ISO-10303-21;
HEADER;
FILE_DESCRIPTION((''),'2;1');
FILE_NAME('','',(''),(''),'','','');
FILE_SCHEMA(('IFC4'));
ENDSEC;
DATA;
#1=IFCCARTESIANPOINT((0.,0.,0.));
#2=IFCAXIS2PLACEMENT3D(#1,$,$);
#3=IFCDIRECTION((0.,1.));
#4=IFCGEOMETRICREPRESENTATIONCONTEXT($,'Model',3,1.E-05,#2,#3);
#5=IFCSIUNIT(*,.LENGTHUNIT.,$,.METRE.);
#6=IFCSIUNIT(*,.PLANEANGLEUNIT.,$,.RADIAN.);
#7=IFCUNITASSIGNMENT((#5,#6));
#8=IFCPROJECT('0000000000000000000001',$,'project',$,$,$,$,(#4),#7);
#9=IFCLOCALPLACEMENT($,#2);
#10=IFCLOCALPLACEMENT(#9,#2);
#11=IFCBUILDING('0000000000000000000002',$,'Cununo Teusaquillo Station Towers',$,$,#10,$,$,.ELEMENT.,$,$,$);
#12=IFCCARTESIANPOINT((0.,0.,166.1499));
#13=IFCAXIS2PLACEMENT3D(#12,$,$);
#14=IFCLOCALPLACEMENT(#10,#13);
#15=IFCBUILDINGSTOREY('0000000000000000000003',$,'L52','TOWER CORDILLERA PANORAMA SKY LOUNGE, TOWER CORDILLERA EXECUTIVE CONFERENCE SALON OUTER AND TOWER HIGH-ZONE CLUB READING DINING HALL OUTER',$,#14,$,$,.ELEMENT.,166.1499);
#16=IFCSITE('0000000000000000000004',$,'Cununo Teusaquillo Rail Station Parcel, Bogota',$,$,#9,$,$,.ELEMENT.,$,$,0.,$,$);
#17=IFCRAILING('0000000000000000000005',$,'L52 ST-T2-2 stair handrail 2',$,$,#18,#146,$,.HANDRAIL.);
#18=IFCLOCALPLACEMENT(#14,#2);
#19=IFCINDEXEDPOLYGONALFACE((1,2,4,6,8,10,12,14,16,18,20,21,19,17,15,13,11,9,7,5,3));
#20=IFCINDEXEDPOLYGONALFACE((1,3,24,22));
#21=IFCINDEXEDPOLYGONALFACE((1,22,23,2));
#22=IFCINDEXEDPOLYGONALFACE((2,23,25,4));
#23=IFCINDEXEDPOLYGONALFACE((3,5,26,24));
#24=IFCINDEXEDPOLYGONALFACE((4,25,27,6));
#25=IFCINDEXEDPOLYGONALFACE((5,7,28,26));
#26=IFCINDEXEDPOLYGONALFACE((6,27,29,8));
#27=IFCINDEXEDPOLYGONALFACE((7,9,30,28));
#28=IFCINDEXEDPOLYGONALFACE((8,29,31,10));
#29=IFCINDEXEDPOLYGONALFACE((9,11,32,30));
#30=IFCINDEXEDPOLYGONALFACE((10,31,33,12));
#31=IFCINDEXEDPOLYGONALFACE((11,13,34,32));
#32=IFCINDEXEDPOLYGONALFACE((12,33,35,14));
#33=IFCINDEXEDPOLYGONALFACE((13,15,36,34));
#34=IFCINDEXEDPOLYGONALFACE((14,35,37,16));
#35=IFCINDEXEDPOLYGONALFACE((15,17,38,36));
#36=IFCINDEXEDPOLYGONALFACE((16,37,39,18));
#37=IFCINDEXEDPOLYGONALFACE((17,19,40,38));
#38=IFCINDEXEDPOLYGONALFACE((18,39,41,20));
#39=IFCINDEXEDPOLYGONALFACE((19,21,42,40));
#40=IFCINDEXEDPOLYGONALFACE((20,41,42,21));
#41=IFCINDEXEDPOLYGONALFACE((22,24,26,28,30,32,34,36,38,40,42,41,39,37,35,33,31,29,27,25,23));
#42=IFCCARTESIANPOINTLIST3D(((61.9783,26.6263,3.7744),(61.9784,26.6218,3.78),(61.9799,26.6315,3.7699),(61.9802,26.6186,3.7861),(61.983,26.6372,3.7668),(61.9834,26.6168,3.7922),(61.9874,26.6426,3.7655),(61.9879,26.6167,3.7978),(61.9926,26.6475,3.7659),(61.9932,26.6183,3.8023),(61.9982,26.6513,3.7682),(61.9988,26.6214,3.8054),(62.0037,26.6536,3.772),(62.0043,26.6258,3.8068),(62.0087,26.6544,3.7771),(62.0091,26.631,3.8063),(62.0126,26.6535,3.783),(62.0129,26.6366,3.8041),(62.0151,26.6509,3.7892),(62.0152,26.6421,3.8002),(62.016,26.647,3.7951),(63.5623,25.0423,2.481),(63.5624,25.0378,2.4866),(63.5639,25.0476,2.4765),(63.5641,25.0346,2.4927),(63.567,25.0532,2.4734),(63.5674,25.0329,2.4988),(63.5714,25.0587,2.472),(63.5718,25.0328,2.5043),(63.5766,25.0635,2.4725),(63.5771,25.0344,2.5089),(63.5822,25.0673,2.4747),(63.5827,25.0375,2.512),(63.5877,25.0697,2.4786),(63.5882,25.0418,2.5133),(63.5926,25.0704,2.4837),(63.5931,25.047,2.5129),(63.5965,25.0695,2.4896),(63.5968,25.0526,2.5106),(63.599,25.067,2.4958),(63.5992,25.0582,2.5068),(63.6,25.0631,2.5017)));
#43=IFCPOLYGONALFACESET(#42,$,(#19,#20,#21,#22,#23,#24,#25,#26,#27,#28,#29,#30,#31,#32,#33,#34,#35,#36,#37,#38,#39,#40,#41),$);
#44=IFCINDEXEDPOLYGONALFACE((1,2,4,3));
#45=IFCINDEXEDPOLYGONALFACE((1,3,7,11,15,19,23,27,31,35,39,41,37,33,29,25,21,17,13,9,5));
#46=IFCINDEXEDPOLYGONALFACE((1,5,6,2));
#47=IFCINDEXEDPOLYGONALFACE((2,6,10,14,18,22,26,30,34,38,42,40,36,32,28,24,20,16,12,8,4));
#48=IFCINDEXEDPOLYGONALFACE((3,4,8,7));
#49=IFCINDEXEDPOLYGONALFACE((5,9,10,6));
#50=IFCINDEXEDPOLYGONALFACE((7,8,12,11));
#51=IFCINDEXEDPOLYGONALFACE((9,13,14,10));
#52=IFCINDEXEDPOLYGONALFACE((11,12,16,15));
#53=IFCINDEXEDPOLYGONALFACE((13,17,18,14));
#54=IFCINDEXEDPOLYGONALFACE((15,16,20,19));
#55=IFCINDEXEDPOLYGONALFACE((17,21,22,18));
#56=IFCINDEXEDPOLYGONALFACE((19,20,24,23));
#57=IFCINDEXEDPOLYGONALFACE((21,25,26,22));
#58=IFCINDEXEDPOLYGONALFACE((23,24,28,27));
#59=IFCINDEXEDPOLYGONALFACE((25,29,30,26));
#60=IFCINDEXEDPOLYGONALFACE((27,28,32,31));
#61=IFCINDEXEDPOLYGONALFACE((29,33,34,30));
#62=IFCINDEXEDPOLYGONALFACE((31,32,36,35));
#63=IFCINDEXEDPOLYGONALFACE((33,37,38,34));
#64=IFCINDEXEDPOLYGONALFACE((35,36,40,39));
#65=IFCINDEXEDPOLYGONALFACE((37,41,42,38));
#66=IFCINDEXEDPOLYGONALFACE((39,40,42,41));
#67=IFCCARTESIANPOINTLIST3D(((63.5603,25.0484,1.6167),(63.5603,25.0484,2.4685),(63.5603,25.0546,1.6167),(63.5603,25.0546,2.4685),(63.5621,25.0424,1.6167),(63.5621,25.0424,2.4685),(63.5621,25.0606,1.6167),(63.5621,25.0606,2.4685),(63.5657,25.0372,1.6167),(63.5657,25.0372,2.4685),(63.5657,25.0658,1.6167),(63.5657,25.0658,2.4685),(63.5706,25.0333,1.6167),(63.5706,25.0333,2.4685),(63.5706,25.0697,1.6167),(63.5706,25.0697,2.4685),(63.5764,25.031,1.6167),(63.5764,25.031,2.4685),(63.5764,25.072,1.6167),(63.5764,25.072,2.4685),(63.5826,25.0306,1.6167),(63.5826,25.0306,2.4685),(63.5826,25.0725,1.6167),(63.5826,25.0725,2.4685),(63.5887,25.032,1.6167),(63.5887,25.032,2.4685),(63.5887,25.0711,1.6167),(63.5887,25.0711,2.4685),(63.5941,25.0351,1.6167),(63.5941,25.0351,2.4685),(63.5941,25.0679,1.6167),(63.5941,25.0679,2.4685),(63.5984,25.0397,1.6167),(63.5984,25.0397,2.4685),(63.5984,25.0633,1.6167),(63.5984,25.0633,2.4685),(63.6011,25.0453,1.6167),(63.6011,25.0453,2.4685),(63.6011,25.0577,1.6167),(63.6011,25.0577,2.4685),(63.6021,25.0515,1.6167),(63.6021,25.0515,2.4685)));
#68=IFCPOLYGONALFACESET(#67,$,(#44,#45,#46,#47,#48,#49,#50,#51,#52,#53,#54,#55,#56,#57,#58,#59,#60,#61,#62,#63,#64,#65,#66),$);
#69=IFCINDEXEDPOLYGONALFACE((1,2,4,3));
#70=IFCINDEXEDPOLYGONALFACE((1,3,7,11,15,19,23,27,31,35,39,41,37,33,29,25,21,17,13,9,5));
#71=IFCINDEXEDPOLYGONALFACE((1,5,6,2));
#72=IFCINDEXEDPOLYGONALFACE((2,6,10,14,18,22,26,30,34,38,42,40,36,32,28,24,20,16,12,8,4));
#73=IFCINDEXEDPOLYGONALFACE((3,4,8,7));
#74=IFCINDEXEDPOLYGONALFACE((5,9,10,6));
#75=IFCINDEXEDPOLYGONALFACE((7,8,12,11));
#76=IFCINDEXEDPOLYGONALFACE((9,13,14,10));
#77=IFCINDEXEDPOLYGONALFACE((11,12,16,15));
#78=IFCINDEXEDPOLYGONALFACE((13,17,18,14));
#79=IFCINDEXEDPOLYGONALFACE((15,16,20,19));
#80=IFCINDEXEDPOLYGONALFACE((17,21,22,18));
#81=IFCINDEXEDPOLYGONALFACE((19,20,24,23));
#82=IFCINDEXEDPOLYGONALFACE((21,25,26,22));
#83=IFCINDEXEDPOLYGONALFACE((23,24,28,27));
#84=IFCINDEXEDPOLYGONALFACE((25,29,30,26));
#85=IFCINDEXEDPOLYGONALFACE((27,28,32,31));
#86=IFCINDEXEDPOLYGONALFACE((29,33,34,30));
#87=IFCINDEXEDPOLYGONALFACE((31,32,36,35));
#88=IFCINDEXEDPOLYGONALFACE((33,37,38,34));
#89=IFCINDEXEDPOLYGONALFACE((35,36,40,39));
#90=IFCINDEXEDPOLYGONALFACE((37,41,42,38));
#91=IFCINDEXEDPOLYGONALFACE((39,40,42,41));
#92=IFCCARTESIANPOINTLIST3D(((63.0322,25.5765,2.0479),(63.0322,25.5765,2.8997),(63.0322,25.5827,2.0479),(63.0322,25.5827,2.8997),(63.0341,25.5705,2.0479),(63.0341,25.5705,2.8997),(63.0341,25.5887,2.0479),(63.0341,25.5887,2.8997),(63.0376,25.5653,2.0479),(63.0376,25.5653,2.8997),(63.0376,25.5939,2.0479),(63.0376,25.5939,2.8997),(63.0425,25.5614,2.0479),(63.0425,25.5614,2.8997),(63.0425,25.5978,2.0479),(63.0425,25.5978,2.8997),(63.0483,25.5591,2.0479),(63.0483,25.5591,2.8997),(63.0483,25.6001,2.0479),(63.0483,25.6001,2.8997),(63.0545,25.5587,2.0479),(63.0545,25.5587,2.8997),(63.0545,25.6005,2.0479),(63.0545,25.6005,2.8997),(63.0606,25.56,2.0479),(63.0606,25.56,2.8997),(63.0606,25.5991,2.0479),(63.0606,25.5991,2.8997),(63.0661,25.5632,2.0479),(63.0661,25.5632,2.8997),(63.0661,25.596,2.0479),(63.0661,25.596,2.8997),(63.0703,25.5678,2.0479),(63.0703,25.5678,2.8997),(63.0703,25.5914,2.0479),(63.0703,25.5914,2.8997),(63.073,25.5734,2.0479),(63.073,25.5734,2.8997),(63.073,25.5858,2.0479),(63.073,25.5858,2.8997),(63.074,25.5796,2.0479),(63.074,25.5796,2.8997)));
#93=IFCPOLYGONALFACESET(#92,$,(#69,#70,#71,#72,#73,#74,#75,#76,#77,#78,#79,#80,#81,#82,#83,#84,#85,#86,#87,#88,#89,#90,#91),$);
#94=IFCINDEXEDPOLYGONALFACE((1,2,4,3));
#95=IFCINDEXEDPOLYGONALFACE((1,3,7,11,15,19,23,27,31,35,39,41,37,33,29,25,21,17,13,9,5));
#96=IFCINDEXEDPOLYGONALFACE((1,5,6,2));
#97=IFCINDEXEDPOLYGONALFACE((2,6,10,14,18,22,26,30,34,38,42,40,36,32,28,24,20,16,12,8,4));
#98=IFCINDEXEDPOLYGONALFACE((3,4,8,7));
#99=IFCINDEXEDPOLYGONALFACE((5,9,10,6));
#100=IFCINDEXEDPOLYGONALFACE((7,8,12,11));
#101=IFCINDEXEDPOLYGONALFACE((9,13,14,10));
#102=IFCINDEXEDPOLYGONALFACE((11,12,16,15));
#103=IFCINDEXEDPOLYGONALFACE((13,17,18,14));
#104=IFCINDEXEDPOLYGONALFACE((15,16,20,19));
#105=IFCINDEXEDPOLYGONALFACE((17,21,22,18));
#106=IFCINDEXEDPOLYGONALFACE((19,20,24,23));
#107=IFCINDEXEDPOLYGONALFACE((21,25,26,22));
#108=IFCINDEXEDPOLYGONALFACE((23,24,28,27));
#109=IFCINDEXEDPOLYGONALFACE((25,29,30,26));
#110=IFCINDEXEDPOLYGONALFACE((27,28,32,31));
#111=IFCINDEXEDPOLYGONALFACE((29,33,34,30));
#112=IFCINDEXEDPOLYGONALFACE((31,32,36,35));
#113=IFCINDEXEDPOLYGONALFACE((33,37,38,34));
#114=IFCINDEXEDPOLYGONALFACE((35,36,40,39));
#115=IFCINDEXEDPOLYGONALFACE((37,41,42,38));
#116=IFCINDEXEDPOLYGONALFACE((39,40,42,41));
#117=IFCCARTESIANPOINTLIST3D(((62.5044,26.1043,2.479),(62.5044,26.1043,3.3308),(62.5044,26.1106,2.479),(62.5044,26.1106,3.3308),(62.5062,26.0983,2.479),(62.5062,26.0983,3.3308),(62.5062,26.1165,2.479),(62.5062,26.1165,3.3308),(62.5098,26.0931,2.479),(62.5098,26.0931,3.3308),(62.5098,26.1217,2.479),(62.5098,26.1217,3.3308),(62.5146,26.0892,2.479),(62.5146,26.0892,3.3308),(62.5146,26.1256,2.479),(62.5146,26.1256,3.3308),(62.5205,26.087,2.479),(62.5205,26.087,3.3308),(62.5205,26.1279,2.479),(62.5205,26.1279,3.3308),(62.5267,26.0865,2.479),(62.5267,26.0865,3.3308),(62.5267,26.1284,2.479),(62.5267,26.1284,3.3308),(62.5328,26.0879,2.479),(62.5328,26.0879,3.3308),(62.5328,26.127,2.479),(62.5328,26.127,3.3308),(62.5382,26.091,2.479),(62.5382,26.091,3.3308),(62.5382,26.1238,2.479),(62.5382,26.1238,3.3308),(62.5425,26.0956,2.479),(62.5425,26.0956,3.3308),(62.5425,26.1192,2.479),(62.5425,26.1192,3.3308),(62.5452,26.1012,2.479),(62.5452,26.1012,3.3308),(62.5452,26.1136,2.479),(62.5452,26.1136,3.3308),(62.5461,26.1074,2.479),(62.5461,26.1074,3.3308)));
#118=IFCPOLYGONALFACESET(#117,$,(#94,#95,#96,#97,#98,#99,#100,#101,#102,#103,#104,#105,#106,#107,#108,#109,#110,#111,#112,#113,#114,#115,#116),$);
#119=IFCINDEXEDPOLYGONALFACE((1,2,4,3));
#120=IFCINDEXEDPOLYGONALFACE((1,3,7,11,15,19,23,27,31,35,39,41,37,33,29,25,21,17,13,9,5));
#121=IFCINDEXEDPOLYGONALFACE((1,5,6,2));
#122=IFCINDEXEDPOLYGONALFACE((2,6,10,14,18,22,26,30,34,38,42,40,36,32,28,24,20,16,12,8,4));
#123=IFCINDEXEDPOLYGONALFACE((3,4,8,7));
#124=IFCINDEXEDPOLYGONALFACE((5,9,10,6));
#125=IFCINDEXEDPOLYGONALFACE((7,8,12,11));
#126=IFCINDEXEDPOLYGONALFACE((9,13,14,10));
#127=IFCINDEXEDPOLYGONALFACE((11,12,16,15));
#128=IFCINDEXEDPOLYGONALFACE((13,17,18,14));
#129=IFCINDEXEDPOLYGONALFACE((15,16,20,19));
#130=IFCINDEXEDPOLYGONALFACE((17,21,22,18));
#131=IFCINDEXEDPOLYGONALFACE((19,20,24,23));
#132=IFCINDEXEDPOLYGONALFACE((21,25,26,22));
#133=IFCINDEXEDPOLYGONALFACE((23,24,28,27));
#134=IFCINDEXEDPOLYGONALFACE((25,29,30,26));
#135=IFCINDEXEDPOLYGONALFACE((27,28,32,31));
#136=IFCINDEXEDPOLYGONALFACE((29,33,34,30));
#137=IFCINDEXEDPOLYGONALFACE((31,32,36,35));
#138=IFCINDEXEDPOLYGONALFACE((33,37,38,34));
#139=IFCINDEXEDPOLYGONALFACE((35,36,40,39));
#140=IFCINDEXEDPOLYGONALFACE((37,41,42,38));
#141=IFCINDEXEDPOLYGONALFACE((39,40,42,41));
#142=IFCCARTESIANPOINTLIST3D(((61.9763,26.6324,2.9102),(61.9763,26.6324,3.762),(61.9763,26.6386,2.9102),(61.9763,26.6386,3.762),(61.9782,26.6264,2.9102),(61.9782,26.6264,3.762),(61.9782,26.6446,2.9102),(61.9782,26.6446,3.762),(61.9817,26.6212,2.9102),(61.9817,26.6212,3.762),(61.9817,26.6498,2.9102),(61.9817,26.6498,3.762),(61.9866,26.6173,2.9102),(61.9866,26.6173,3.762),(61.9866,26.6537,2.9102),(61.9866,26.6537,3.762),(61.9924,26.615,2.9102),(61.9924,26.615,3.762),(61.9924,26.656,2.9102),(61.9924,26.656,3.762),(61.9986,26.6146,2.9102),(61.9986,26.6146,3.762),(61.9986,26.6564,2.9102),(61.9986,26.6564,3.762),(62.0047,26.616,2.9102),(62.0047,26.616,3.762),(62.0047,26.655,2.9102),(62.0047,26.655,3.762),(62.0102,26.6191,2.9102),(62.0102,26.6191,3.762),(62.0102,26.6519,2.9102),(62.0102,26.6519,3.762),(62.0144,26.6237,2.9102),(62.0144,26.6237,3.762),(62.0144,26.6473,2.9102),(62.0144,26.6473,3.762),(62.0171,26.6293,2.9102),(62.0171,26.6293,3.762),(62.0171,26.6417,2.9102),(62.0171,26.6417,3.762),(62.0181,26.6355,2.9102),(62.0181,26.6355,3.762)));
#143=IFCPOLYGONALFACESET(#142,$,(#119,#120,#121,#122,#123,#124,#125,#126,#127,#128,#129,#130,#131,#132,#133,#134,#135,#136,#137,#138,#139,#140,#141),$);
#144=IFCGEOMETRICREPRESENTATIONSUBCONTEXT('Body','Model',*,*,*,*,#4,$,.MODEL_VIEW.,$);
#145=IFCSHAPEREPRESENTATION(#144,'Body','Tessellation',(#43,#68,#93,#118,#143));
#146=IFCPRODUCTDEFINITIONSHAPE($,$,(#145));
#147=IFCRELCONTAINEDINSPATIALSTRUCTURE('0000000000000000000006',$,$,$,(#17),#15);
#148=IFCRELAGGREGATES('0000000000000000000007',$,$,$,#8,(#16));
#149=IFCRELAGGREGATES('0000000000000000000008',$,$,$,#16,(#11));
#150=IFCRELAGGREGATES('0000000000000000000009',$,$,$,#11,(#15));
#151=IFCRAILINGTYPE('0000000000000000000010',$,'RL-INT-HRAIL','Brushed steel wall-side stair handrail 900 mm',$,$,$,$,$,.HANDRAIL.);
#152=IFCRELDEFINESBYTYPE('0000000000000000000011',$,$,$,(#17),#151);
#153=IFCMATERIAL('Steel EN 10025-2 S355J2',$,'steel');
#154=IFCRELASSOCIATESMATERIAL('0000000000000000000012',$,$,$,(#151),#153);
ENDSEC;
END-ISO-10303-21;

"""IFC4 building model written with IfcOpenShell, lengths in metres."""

from ifc_helpers import new_model, si_unit, direction, frame, origin, origin_2d, place, context, subcontext, project, spatial, circle, extrude, material, type_object, element, save


model = new_model("IFC4")

# Units and contexts
model_context = context("Model", 3, precision=1e-05, world=origin(), true_north=direction((0.0, 1.0)))
body_context = subcontext(model_context, "Body", "Model", "MODEL_VIEW")
ifc_project = project(units=[si_unit("LENGTHUNIT", "METRE"), si_unit("PLANEANGLEUNIT", "RADIAN")], contexts=[model_context])

# Site, building, storey
site_placement = place(None, origin())
site = spatial("IfcSite", under=ifc_project, at=site_placement, Name="Cununo Teusaquillo Rail Station Parcel, Bogota", CompositionType="ELEMENT", RefElevation=0.0)
building_placement = place(site_placement, origin())
building = spatial("IfcBuilding", under=site, at=building_placement, Name="Cununo Teusaquillo Station Towers", CompositionType="ELEMENT")
storey_placement = place(building_placement, frame((0.0, 0.0, 166.1499)))
storey = spatial("IfcBuildingStorey", under=building, at=storey_placement, Name="L52", Description="TOWER CORDILLERA PANORAMA SKY LOUNGE, TOWER CORDILLERA EXECUTIVE CONFERENCE SALON OUTER AND TOWER HIGH-ZONE CLUB READING DINING HALL OUTER", CompositionType="ELEMENT", Elevation=166.1499)

# Railing
ifc_material_1 = material(Name="Steel EN 10025-2 S355J2", Category="steel")
railing_type_1 = type_object("IfcRailingType", Name="RL-INT-HRAIL", Description="Brushed steel wall-side stair handrail 900 mm", PredefinedType="HANDRAIL", material=ifc_material_1)
railing_1_placement = place(storey_placement, frame((63.5811, 25.0515, 1.6167)))
element("IfcRailing", 1, at=railing_1_placement, inside=storey, type_object=railing_type_1, Name="L52 ST-T2-2 stair handrail 2", PredefinedType="HANDRAIL", context=body_context, shape_type="SweptSolid", body=[
    extrude(circle(Radius=0.0239, at=origin_2d()), frame((0.0, 0.0, 0.876), z_axis=(-0.612356, 0.612356, 0.50004), x_axis=(-0.707107, -0.707107, 0.0)), (0.0, 0.0, 1.0), 2.5867),
    extrude(circle(Radius=0.021, at=origin_2d()), origin(), (0.0, 0.0, 1.0), 0.8518),
    extrude(circle(Radius=0.021, at=origin_2d()), frame((-0.5281, 0.5281, 0.4312)), (0.0, 0.0, 1.0), 0.8518),
    extrude(circle(Radius=0.021, at=origin_2d()), frame((-1.0559, 1.0559, 0.8623)), (0.0, 0.0, 1.0), 0.8518),
    extrude(circle(Radius=0.021, at=origin_2d()), frame((-1.584, 1.584, 1.2935)), (0.0, 0.0, 1.0), 0.8518),
])

save(model, "model.ifc")
